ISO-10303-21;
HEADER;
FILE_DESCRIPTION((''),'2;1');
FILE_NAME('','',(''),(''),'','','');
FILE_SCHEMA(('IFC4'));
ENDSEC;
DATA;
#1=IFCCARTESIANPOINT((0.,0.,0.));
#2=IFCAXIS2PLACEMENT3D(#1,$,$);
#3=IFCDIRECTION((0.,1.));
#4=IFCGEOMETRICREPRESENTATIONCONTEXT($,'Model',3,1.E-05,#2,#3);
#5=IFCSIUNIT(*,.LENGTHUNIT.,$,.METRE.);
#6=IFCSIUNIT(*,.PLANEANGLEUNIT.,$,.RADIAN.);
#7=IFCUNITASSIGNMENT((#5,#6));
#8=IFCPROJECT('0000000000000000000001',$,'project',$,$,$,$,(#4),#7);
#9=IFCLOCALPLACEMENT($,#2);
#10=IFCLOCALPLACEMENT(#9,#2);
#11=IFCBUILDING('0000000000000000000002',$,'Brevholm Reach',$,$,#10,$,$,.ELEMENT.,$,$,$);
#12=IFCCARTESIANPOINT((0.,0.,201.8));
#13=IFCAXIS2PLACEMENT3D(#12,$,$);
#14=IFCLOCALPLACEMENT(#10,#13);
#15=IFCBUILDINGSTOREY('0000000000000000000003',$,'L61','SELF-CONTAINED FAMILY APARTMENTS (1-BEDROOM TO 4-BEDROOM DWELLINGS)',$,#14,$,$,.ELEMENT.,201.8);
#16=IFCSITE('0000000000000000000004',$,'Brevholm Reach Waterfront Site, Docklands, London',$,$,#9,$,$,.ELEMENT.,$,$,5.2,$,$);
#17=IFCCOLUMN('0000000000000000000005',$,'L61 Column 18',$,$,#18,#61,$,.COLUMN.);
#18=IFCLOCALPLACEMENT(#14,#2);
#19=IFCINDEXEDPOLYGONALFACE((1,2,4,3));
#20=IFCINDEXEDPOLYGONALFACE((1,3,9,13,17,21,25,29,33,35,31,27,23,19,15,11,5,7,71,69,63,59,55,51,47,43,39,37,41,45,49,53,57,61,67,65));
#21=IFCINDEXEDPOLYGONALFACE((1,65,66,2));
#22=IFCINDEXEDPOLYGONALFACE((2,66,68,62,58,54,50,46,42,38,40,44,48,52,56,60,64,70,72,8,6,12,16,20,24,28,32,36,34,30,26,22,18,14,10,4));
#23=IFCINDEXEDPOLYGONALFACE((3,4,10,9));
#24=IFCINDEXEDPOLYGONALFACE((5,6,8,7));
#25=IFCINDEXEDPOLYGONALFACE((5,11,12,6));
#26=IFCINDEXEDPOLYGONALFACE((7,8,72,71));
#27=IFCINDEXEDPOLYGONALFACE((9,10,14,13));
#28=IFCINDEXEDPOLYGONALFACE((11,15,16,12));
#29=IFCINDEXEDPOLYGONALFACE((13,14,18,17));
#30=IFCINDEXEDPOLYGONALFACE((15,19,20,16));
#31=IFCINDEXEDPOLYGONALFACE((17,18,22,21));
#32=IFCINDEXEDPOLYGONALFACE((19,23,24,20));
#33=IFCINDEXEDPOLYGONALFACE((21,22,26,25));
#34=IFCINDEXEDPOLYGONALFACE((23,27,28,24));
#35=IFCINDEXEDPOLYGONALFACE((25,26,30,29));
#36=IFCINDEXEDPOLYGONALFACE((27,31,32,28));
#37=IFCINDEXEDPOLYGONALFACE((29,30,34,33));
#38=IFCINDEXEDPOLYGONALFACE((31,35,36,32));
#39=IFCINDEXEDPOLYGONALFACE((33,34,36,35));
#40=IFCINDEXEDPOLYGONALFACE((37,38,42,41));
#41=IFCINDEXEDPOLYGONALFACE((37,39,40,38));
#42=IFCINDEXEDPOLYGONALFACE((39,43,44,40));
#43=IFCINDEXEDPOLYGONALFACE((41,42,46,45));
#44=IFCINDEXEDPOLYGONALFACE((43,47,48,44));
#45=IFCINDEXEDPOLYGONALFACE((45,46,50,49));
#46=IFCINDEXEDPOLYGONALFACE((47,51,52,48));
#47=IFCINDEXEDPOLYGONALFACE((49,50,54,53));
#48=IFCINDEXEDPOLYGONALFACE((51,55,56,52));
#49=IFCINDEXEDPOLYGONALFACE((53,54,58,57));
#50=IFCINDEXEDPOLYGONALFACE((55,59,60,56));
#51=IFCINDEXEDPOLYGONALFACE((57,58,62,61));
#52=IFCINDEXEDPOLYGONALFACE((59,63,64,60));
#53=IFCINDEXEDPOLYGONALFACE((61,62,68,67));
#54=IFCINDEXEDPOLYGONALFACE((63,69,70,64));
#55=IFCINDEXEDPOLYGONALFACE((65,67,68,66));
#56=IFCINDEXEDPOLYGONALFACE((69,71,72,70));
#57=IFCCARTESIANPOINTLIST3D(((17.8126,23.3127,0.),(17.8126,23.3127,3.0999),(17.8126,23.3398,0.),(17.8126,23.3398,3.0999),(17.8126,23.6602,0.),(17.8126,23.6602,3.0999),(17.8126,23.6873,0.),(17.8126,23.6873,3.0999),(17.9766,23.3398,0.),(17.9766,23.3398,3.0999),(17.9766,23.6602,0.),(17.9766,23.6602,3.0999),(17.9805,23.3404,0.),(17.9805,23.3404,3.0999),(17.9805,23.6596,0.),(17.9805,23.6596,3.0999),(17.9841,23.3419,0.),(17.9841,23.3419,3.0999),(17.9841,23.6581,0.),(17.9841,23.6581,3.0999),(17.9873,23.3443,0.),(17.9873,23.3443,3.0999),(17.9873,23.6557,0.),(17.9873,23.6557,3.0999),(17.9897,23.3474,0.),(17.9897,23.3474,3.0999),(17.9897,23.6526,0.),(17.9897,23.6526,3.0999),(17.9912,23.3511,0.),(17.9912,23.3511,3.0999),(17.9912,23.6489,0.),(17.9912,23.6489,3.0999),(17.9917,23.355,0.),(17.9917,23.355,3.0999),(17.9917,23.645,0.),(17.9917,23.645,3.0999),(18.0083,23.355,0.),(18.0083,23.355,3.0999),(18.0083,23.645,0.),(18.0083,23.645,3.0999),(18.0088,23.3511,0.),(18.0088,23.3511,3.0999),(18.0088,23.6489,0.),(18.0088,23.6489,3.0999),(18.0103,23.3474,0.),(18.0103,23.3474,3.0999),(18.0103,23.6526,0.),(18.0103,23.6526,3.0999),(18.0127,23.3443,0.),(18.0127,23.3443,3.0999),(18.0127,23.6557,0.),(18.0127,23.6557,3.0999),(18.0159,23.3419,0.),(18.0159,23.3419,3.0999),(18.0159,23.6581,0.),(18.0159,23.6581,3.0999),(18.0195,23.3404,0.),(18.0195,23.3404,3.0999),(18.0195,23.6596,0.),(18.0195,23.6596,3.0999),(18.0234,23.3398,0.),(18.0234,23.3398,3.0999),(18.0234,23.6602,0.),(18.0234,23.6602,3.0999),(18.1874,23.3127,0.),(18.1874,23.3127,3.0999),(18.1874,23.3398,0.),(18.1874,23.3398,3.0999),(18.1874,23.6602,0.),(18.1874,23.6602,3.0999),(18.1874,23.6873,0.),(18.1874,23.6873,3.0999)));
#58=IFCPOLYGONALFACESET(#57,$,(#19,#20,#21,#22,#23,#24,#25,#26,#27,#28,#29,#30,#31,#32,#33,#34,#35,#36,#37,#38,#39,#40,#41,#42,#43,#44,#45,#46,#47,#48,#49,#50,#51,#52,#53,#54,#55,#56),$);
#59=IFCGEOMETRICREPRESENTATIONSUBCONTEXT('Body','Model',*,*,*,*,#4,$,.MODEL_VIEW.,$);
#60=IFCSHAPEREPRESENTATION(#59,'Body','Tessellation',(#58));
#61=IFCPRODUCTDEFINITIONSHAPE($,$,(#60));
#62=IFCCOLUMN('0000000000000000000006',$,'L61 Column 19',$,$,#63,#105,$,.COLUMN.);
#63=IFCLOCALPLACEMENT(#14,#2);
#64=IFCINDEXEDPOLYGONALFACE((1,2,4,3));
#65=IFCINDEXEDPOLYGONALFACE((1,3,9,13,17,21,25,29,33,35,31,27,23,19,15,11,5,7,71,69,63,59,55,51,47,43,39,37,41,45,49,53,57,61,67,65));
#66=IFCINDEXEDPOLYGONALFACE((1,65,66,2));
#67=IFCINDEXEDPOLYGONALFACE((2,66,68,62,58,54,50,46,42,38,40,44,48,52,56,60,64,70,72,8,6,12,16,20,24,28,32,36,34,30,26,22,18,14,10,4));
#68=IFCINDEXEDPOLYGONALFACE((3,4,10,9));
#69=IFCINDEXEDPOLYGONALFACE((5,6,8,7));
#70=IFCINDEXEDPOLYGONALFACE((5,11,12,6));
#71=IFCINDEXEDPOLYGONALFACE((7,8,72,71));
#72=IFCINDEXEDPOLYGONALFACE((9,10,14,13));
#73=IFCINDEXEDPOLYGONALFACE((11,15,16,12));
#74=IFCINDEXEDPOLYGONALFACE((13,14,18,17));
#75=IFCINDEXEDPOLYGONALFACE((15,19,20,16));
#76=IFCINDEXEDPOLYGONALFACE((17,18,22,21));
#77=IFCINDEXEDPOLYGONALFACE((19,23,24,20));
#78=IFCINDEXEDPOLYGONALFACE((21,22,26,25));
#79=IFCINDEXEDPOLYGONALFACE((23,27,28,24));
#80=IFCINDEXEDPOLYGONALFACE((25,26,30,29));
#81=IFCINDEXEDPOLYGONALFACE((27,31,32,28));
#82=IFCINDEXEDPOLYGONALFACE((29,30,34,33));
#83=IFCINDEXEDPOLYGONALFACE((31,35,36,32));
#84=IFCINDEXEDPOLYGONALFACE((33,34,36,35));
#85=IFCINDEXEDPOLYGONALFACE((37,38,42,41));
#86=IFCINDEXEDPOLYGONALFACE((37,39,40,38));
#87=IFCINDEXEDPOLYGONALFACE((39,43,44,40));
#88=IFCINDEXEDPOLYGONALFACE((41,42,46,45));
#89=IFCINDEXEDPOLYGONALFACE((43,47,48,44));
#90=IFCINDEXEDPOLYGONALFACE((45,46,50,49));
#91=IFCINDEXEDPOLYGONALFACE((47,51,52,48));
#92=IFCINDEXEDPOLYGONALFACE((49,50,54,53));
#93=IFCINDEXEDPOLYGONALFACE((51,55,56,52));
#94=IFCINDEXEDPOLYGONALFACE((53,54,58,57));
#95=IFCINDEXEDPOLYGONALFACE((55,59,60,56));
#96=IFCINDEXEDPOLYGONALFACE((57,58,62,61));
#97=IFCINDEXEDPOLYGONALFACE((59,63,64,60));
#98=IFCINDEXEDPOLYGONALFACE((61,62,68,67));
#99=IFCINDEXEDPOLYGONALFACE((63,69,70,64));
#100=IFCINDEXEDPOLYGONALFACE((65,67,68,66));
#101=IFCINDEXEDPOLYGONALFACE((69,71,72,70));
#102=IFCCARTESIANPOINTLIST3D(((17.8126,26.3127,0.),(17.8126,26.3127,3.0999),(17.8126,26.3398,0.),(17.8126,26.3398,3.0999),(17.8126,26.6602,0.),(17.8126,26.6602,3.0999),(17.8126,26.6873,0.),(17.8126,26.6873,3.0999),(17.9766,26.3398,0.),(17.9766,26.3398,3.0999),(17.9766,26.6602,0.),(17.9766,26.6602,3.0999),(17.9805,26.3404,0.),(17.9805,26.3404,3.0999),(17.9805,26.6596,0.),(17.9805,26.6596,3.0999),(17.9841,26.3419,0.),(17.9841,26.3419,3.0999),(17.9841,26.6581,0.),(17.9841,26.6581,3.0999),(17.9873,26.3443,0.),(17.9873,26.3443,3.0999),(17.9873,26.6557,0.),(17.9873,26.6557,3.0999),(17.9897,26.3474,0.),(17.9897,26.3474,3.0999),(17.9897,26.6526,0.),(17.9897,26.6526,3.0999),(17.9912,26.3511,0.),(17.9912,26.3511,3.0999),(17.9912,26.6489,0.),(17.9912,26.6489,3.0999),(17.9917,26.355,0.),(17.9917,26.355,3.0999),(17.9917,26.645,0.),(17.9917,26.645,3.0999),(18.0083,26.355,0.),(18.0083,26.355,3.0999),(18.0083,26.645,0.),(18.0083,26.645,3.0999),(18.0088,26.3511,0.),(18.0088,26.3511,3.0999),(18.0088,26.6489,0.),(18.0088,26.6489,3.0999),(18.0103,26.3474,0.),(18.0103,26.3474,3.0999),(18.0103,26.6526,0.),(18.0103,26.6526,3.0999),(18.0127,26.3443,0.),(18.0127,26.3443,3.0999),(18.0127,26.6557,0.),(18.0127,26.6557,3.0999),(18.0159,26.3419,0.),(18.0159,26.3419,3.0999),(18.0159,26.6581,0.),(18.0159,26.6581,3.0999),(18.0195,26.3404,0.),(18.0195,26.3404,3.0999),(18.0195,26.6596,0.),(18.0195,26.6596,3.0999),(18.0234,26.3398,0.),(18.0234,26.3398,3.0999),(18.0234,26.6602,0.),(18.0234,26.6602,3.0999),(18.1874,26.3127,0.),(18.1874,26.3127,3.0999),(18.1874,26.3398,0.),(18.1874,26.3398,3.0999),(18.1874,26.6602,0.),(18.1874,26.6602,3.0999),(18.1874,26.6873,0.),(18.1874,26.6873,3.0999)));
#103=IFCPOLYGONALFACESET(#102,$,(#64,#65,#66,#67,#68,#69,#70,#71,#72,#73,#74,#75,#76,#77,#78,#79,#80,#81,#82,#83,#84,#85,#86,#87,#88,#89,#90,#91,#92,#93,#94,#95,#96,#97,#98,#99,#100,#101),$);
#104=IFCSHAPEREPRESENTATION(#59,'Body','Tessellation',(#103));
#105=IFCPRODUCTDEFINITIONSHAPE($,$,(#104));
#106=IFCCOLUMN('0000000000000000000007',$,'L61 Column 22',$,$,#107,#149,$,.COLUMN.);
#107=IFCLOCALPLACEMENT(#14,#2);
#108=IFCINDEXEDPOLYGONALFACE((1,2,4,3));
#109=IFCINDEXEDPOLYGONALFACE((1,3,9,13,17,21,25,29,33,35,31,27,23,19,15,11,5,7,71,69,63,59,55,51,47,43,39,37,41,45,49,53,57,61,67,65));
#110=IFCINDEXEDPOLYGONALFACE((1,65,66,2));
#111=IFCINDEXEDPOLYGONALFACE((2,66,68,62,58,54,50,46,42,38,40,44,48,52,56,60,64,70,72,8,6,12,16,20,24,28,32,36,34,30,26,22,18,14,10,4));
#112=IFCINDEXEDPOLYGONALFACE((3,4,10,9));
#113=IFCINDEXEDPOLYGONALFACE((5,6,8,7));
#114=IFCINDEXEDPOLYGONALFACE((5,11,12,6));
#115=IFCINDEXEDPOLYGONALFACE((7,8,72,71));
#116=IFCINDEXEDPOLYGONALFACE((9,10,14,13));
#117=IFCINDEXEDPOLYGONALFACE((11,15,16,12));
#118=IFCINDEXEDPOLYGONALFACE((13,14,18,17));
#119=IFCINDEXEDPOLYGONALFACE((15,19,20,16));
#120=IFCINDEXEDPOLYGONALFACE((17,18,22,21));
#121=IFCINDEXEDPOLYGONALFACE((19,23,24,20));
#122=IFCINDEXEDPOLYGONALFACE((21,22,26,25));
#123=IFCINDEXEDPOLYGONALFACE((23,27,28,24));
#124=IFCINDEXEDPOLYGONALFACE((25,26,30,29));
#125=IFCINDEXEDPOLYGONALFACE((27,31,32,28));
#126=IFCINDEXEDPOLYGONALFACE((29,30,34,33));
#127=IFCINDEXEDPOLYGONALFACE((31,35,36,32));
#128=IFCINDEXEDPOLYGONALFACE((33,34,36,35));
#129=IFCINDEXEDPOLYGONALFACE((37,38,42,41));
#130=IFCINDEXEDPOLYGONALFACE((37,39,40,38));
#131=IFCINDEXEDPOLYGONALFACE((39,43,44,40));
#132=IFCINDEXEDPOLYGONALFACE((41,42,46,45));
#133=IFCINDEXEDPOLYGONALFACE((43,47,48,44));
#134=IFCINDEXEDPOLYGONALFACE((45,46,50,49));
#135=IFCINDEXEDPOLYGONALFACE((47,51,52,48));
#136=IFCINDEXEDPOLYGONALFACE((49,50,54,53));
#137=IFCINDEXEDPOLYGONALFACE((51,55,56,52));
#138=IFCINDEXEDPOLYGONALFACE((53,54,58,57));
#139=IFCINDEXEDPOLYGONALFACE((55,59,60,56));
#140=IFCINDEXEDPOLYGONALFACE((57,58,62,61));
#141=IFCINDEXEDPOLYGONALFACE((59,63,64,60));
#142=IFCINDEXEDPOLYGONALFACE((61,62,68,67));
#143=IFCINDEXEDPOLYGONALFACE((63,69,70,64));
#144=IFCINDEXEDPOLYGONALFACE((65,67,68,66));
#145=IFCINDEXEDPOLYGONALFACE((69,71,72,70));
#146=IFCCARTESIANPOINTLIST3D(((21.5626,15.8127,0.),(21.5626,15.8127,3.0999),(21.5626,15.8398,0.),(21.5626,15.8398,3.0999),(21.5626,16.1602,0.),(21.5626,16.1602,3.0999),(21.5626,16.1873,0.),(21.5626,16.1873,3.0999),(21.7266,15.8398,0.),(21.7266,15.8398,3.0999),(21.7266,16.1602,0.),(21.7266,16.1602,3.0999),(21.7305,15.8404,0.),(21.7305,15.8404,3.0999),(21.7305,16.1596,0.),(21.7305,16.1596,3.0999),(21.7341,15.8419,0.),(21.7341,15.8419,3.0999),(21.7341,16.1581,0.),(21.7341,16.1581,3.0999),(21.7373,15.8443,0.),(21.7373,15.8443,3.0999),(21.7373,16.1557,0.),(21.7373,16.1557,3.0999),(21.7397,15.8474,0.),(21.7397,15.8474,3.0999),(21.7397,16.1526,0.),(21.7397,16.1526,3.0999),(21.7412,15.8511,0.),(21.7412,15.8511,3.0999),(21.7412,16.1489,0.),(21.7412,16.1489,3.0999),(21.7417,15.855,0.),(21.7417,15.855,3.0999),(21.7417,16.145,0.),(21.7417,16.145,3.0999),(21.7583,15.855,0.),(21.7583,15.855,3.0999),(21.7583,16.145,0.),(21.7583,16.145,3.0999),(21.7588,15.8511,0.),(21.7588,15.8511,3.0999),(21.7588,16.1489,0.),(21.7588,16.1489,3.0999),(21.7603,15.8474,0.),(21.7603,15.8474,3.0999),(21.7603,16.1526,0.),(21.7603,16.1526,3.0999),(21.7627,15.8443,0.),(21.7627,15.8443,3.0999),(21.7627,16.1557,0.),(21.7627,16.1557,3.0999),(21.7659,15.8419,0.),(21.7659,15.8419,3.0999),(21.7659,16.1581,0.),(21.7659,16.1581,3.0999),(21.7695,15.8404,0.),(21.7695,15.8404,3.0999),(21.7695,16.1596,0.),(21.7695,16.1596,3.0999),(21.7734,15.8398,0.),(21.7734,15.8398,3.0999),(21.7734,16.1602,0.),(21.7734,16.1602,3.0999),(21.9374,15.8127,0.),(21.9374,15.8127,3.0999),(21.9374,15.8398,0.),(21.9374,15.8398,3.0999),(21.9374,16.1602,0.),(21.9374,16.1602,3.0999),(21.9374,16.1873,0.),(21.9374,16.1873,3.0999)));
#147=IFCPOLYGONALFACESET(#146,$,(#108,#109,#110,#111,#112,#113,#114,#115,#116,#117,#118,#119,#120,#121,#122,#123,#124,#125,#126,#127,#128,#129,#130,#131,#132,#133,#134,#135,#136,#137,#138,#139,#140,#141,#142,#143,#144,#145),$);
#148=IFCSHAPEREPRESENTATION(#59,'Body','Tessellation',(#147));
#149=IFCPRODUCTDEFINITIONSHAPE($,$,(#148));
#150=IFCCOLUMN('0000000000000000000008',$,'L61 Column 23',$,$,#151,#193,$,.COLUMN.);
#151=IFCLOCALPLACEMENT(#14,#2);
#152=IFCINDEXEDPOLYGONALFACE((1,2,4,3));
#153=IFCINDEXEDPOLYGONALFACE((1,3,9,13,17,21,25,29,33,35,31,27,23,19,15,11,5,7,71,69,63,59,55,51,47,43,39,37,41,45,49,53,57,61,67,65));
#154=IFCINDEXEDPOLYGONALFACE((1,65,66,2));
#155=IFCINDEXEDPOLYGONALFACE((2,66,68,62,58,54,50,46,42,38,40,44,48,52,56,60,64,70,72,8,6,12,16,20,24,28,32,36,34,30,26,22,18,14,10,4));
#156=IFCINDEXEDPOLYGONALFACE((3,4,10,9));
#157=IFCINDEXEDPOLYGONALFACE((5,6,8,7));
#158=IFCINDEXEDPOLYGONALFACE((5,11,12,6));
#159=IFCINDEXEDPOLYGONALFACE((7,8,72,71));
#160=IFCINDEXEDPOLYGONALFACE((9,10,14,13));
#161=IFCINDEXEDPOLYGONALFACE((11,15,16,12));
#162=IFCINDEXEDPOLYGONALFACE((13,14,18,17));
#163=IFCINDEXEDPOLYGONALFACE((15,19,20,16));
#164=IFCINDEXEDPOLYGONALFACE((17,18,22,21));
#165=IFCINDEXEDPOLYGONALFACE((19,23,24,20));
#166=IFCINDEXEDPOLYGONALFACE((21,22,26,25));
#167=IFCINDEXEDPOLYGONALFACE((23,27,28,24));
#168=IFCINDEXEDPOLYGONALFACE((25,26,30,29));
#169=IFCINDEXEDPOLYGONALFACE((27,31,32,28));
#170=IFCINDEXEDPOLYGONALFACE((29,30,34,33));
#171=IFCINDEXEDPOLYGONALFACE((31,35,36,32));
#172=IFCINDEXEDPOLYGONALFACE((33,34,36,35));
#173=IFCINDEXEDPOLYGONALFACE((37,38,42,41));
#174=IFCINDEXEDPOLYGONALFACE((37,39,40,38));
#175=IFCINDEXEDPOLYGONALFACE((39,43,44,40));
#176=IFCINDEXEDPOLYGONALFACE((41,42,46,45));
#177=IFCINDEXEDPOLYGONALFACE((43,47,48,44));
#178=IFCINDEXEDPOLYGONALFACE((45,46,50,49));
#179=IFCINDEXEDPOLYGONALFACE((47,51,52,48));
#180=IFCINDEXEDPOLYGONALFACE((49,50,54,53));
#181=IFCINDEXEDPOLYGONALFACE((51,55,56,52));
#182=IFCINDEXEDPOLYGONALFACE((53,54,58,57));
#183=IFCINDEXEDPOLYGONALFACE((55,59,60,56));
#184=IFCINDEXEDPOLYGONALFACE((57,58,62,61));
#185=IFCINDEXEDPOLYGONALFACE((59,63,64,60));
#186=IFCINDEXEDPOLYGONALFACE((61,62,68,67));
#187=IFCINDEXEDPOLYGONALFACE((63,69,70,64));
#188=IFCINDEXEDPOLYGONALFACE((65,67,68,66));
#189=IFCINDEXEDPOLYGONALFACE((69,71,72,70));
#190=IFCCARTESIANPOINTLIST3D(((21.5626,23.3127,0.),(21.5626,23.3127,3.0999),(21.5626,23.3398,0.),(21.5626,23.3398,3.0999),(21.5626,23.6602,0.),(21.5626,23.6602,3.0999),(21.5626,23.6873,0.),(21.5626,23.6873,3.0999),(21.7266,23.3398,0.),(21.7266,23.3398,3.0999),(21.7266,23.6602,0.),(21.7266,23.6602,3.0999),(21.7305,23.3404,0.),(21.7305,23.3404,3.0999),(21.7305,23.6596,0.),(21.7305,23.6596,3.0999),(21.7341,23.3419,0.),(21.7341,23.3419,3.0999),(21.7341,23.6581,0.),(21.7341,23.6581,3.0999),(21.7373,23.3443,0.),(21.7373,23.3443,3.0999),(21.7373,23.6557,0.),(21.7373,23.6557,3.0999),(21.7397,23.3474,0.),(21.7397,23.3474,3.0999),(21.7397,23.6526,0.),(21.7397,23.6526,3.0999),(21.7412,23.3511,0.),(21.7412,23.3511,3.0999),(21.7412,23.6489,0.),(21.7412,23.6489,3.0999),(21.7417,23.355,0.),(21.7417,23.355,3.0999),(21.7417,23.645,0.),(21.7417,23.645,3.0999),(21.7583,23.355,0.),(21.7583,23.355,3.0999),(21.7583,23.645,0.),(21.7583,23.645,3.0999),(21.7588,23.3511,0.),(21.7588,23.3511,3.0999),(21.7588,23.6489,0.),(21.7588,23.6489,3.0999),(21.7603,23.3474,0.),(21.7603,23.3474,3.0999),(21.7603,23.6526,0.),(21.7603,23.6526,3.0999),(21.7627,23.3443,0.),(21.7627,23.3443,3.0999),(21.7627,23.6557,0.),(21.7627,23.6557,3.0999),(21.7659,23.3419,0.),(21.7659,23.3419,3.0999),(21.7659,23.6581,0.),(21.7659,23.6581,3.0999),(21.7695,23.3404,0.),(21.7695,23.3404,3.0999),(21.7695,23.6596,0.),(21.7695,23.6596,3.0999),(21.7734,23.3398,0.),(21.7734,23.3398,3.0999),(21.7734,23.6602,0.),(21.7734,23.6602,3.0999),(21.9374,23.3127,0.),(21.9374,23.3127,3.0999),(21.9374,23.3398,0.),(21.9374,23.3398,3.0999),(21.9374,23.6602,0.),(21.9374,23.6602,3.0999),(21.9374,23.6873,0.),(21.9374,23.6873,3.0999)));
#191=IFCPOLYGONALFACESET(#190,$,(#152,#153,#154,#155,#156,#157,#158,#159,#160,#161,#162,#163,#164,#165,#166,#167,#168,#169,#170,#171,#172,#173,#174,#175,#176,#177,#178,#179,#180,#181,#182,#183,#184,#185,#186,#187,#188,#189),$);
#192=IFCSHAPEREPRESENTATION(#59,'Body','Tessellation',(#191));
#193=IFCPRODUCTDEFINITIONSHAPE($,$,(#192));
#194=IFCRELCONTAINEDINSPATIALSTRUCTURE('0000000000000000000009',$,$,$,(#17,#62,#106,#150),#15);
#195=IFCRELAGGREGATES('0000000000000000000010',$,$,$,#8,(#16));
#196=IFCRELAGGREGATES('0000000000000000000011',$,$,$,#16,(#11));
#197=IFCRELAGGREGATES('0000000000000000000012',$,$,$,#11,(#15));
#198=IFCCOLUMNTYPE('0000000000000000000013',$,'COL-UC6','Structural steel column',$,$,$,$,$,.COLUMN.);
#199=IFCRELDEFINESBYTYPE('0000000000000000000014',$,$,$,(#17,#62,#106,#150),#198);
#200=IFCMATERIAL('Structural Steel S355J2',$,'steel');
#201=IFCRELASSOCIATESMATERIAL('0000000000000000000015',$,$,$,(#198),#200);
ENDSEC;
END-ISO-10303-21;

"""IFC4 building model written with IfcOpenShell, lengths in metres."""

from ifc_helpers import new_model, si_unit, direction, frame, origin, origin_2d, place, context, subcontext, project, spatial, i_section, extrude, material, material_profile, profile_set, type_object, element, save


model = new_model("IFC4")

# Units and contexts
model_context = context("Model", 3, precision=1e-05, world=origin(), true_north=direction((0.0, 1.0)))
body_context = subcontext(model_context, "Body", "Model", "MODEL_VIEW")
ifc_project = project(units=[si_unit("LENGTHUNIT", "METRE"), si_unit("PLANEANGLEUNIT", "RADIAN")], contexts=[model_context])

# Site, building, storey
site_placement = place(None, origin())
site = spatial("IfcSite", under=ifc_project, at=site_placement, Name="Brevholm Reach Waterfront Site, Docklands, London", CompositionType="ELEMENT", RefElevation=5.2)
building_placement = place(site_placement, origin())
building = spatial("IfcBuilding", under=site, at=building_placement, Name="Brevholm Reach", CompositionType="ELEMENT")
storey_placement = place(building_placement, frame((0.0, 0.0, 201.8)))
storey = spatial("IfcBuildingStorey", under=building, at=storey_placement, Name="L61", Description="SELF-CONTAINED FAMILY APARTMENTS (1-BEDROOM TO 4-BEDROOM DWELLINGS)", CompositionType="ELEMENT", Elevation=201.8)

# Columns
ifc_material_1 = material(Name="Structural Steel S355J2", Category="steel")
ifc_material_profile_1 = material_profile(ifc_material_1, i_section(OverallWidth=0.3748, OverallDepth=0.3745, WebThickness=0.0166, FlangeThickness=0.0271, FilletRadius=0.0151, at=origin_2d()), Name="UKC 356x368x202")
ifc_profile_set_1 = profile_set([ifc_material_profile_1], Name="Structural Steel S355J2")
column_type = type_object("IfcColumnType", Name="COL-UC6", Description="Structural steel column", PredefinedType="COLUMN", material=ifc_profile_set_1)
for number, where, z_axis, x_axis, name in (
    (1, (18.0, 23.5, 0.0), (0.0, 0.0, 1.0), (1.0, 0.0, 0.0), "L61 Column 18"),
    (2, (18.0, 26.5, 0.0), (0.0, 0.0, 1.0), (1.0, 0.0, 0.0), "L61 Column 19"),
    (3, (21.75, 16.0, 0.0), (0.0, 0.0, 1.0), (1.0, 0.0, 0.0), "L61 Column 22"),
    (4, (21.75, 23.5, 0.0), (0.0, 0.0, 1.0), (1.0, 0.0, 0.0), "L61 Column 23"),
):
    element("IfcColumn", number, at=place(storey_placement, frame(where, z_axis=z_axis, x_axis=x_axis)), inside=storey, type_object=column_type, Name=name, PredefinedType="COLUMN", context=body_context, shape_type="SweptSolid", body=[
        extrude(i_section(OverallWidth=0.3748, OverallDepth=0.3745, WebThickness=0.0166, FlangeThickness=0.0271, FilletRadius=0.0151, at=origin_2d()), origin(), (0.0, 0.0, 1.0), 3.0999),
    ])

save(model, "model.ifc")
